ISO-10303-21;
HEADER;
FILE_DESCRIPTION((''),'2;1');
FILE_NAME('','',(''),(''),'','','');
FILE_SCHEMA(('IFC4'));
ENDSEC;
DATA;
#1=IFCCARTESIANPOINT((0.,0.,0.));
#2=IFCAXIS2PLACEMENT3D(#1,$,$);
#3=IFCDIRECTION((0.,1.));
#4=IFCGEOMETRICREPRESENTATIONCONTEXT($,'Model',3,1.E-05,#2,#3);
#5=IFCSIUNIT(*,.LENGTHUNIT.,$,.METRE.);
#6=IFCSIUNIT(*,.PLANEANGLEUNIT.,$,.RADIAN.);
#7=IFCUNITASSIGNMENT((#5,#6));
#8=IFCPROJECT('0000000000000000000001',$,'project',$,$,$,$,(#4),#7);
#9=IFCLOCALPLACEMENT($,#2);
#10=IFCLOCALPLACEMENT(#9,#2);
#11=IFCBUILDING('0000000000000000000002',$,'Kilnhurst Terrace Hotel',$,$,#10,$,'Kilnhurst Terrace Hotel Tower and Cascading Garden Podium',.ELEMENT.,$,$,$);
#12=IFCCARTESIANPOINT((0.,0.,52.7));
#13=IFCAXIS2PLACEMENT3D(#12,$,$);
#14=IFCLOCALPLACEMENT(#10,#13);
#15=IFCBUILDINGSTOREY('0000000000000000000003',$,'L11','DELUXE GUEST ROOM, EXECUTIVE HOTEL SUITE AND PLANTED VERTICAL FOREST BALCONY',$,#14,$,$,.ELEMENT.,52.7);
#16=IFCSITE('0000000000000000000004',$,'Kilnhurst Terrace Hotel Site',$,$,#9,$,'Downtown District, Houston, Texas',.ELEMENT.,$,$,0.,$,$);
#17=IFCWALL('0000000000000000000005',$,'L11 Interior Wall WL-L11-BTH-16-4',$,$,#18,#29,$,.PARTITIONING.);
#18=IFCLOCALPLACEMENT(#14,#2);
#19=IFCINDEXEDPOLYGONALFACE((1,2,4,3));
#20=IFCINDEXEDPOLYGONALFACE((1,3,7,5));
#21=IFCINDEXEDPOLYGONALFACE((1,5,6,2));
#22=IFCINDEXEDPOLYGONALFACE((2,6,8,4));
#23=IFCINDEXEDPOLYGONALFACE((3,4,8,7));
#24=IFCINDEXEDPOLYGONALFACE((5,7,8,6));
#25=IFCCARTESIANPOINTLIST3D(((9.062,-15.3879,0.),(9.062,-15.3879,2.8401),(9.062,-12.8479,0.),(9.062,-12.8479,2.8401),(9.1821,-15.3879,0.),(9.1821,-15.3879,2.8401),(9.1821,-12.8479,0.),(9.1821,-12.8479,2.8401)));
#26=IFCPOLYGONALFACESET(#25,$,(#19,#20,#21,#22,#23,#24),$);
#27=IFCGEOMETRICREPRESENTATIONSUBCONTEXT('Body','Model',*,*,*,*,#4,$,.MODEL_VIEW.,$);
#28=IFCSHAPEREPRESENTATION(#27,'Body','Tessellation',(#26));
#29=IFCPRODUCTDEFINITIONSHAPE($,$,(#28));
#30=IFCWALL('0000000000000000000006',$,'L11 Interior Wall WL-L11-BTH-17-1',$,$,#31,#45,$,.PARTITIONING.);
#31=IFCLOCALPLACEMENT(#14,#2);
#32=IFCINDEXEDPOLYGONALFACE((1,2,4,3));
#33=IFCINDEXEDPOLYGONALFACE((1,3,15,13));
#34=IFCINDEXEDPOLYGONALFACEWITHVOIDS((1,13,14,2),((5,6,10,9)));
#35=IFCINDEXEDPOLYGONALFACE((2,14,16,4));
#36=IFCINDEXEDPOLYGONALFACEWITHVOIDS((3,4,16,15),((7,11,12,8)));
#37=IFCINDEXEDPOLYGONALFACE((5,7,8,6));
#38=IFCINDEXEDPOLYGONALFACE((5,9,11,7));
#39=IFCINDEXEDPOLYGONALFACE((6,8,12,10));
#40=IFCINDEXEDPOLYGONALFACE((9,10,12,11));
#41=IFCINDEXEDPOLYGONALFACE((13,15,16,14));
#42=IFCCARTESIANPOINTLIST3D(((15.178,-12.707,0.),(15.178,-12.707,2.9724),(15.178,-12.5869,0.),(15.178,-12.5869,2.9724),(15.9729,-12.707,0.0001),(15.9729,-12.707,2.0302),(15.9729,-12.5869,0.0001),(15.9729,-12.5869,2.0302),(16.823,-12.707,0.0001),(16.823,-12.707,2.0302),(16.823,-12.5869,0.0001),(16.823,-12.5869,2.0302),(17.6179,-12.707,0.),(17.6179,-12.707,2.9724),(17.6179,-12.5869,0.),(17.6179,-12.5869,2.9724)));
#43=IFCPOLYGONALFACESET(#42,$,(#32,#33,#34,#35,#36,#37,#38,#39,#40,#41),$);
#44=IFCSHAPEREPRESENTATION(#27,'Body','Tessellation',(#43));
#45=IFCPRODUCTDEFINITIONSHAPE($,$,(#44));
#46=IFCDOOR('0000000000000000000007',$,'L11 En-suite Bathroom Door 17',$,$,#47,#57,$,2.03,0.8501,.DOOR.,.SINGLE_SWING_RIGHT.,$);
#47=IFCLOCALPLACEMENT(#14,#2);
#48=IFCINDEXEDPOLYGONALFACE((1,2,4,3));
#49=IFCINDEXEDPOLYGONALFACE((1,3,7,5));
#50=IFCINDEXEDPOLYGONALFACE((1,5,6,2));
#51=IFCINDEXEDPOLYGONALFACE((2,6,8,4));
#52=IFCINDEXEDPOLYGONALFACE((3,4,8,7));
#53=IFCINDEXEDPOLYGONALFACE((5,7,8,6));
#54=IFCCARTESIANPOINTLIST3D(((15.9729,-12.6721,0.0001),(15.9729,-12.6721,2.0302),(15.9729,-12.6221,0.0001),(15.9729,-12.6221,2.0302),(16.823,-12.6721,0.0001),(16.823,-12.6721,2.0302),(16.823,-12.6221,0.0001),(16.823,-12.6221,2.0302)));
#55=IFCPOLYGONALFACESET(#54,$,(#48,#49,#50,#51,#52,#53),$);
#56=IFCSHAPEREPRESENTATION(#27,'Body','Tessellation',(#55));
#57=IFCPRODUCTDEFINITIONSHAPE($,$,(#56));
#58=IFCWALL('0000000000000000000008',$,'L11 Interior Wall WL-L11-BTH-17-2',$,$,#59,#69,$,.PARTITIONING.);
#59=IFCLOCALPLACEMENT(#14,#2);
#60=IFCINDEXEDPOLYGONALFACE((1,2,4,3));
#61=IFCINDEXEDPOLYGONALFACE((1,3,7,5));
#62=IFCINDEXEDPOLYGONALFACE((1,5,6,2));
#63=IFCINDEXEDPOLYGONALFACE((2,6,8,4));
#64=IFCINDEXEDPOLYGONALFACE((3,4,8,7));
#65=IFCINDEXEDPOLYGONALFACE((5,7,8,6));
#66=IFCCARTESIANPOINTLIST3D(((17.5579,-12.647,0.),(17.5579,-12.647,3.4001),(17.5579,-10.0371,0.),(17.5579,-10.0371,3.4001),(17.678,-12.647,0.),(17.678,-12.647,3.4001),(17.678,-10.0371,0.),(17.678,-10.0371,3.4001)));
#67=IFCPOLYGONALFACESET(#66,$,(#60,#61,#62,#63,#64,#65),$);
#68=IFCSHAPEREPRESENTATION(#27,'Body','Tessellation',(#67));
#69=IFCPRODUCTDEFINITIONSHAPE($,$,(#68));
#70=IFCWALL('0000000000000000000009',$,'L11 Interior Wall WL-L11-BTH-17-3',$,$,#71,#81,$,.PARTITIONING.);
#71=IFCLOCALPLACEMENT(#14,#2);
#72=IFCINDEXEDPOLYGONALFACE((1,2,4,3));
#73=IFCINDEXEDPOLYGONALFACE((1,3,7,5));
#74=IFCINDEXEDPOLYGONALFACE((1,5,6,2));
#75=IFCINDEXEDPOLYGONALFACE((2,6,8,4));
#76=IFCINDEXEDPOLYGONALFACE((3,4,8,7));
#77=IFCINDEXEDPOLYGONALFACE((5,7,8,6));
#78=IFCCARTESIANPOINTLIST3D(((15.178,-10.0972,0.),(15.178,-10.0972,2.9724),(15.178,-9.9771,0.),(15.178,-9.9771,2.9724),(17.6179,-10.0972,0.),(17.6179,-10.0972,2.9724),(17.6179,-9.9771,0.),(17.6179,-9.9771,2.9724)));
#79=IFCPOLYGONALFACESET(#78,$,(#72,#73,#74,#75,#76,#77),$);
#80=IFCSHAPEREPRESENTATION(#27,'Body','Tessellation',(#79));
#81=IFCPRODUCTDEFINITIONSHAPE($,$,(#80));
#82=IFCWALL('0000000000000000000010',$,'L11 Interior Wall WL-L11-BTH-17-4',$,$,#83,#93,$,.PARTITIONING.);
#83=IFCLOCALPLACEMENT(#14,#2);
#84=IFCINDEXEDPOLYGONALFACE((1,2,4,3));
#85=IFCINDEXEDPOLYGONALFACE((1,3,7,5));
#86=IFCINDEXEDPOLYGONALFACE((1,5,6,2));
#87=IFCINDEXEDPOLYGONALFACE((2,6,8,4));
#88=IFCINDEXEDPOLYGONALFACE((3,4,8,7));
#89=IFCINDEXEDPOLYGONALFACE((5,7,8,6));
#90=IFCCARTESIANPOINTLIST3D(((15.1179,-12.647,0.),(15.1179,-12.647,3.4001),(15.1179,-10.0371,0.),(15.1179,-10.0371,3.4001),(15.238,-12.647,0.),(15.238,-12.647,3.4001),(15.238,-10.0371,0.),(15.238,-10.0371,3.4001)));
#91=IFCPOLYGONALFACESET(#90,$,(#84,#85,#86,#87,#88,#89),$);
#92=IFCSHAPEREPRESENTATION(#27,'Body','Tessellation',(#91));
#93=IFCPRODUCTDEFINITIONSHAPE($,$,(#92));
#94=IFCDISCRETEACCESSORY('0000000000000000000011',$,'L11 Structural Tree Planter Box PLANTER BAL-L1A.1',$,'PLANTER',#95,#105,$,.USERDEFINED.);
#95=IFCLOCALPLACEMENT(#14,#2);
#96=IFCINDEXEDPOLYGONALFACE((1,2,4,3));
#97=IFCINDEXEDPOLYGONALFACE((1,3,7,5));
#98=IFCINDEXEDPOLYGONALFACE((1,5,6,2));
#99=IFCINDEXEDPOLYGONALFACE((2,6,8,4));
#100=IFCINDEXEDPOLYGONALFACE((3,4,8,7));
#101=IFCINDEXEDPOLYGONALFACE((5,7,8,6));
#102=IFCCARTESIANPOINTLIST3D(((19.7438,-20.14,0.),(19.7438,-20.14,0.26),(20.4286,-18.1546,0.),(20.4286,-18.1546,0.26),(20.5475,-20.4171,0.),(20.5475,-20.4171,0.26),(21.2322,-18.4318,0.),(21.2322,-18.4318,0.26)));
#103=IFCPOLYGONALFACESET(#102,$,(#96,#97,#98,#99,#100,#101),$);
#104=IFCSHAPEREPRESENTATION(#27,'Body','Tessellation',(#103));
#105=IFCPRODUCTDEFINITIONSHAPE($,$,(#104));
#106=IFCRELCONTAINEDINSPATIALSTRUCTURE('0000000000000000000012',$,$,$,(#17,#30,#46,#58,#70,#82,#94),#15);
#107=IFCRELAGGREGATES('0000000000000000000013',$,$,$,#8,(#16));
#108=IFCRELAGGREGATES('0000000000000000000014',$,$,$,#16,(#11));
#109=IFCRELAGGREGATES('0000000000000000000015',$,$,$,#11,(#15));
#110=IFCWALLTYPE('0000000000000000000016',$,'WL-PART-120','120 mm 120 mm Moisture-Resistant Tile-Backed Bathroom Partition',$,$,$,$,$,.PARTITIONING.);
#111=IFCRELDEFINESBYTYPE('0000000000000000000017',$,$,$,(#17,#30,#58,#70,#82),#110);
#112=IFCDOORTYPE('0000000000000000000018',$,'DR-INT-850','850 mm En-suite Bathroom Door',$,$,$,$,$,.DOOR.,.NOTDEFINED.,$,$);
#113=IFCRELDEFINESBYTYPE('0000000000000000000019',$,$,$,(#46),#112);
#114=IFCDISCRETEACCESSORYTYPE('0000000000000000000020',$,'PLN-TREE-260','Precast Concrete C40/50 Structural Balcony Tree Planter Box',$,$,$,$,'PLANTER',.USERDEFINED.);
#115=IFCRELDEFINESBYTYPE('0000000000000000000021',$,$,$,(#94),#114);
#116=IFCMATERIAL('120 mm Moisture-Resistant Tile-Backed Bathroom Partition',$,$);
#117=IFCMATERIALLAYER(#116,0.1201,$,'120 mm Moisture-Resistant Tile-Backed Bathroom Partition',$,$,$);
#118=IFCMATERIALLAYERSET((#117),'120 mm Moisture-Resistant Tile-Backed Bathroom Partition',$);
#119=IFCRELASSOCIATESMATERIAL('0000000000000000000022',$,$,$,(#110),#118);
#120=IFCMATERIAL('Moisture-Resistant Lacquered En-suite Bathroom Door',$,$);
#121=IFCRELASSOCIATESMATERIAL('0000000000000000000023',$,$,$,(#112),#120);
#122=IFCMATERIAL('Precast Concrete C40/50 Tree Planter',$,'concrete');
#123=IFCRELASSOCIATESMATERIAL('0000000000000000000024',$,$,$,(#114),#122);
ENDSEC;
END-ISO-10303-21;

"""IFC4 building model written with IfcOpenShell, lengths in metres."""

from ifc_helpers import new_model, si_unit, direction, frame, frame_2d, origin, origin_2d, place, context, subcontext, project, spatial, rectangle, extrude, material, layer, layer_set, type_object, element, fill, save


model = new_model("IFC4")

# Units and contexts
model_context = context("Model", 3, precision=1e-05, world=origin(), true_north=direction((0.0, 1.0)))
body_context = subcontext(model_context, "Body", "Model", "MODEL_VIEW")
ifc_project = project(units=[si_unit("LENGTHUNIT", "METRE"), si_unit("PLANEANGLEUNIT", "RADIAN")], contexts=[model_context])

# Site, building, storey
site_placement = place(None, origin())
site = spatial("IfcSite", under=ifc_project, at=site_placement, Name="Kilnhurst Terrace Hotel Site", LongName="Downtown District, Houston, Texas", CompositionType="ELEMENT", RefElevation=0.0)
building_placement = place(site_placement, origin())
building = spatial("IfcBuilding", under=site, at=building_placement, Name="Kilnhurst Terrace Hotel", LongName="Kilnhurst Terrace Hotel Tower and Cascading Garden Podium", CompositionType="ELEMENT")
storey_placement = place(building_placement, frame((0.0, 0.0, 52.7)))
storey = spatial("IfcBuildingStorey", under=building, at=storey_placement, Name="L11", Description="DELUXE GUEST ROOM, EXECUTIVE HOTEL SUITE AND PLANTED VERTICAL FOREST BALCONY", CompositionType="ELEMENT", Elevation=52.7)

# Shared definitions
ifc_material_1 = material(Name="120 mm Moisture-Resistant Tile-Backed Bathroom Partition")
ifc_layer_1 = layer(ifc_material_1, 0.1201, Name="120 mm Moisture-Resistant Tile-Backed Bathroom Partition")
ifc_layer_set_1 = layer_set([ifc_layer_1], Name="120 mm Moisture-Resistant Tile-Backed Bathroom Partition")
wall_type_1 = type_object("IfcWallType", Name="WL-PART-120", Description="120 mm 120 mm Moisture-Resistant Tile-Backed Bathroom Partition", PredefinedType="PARTITIONING", material=ifc_layer_set_1)
ifc_material_2 = material(Name="Moisture-Resistant Lacquered En-suite Bathroom Door")
door_type_1 = type_object("IfcDoorType", Name="DR-INT-850", Description="850 mm En-suite Bathroom Door", OperationType="NOTDEFINED", PredefinedType="DOOR", material=ifc_material_2)

# Wall
wall_1_placement = place(storey_placement, frame((9.1221, -12.8479, 0.0), z_axis=(0.0, 0.0, 1.0), x_axis=(0.0, -1.0, 0.0)))
element("IfcWall", 1, at=wall_1_placement, inside=storey, type_object=wall_type_1, Name="L11 Interior Wall WL-L11-BTH-16-4", PredefinedType="PARTITIONING", context=body_context, shape_type="SweptSolid", body=[
    extrude(rectangle(XDim=2.54, YDim=0.1201, at=frame_2d((1.27, 0.0))), origin(), (0.0, 0.0, 1.0), 2.8401),
])

# Wall, opening, door
wall_2_placement = place(storey_placement, frame((15.178, -12.647, 0.0), z_axis=(0.0, 0.0, 1.0), x_axis=(1.0, 0.0, 0.0)))
wall_2 = element("IfcWall", 2, at=wall_2_placement, inside=storey, type_object=wall_type_1, Name="L11 Interior Wall WL-L11-BTH-17-1", PredefinedType="PARTITIONING", context=body_context, shape_type="SweptSolid", body=[
    extrude(rectangle(XDim=2.4399, YDim=0.1201, at=frame_2d((1.22, 0.0))), origin(), (0.0, 0.0, 1.0), 2.9724),
])
opening_1_placement = place(wall_2_placement, frame((0.7949, 0.0, 0.0)))
opening_1 = element("IfcOpeningElement", 3, at=opening_1_placement, cuts=wall_2, PredefinedType="OPENING", context=body_context, shape_type="SweptSolid", body=[
    extrude(rectangle(XDim=0.8501, YDim=2.03, at=frame_2d((0.425, 1.0151))), frame((0.0, 0.0701, 0.0), z_axis=(0.0, -1.0, 0.0), x_axis=(1.0, 0.0, 0.0)), (0.0, 0.0, 1.0), 0.1401),
])
door_1_placement = place(opening_1_placement, origin())
door_1 = element("IfcDoor", 4, at=door_1_placement, inside=storey, type_object=door_type_1, Name="L11 En-suite Bathroom Door 17", OperationType="SINGLE_SWING_RIGHT", OverallHeight=2.03, OverallWidth=0.8501, PredefinedType="DOOR", context=body_context, shape_type="SweptSolid", body=[
    extrude(rectangle(XDim=0.8501, YDim=2.03, at=frame_2d((0.425, 1.0151))), frame((0.0, 0.0249, 0.0), z_axis=(0.0, -1.0, 0.0), x_axis=(1.0, 0.0, 0.0)), (0.0, 0.0, 1.0), 0.05),
])
fill(opening_1, door_1)

# Walls
wall_3_placement = place(storey_placement, frame((17.6179, -12.647, 0.0), z_axis=(0.0, 0.0, 1.0), x_axis=(0.0, 1.0, 0.0)))
element("IfcWall", 5, at=wall_3_placement, inside=storey, type_object=wall_type_1, Name="L11 Interior Wall WL-L11-BTH-17-2", PredefinedType="PARTITIONING", context=body_context, shape_type="SweptSolid", body=[
    extrude(rectangle(XDim=2.6099, YDim=0.1201, at=frame_2d((1.3049, 0.0))), origin(), (0.0, 0.0, 1.0), 3.4001),
])
wall_4_placement = place(storey_placement, frame((17.6179, -10.0371, 0.0), z_axis=(0.0, 0.0, 1.0), x_axis=(-1.0, 0.0, 0.0)))
element("IfcWall", 6, at=wall_4_placement, inside=storey, type_object=wall_type_1, Name="L11 Interior Wall WL-L11-BTH-17-3", PredefinedType="PARTITIONING", context=body_context, shape_type="SweptSolid", body=[
    extrude(rectangle(XDim=2.4399, YDim=0.1201, at=frame_2d((1.22, 0.0))), origin(), (0.0, 0.0, 1.0), 2.9724),
])
wall_5_placement = place(storey_placement, frame((15.178, -10.0371, 0.0), z_axis=(0.0, 0.0, 1.0), x_axis=(0.0, -1.0, 0.0)))
element("IfcWall", 7, at=wall_5_placement, inside=storey, type_object=wall_type_1, Name="L11 Interior Wall WL-L11-BTH-17-4", PredefinedType="PARTITIONING", context=body_context, shape_type="SweptSolid", body=[
    extrude(rectangle(XDim=2.6099, YDim=0.1201, at=frame_2d((1.3049, 0.0))), origin(), (0.0, 0.0, 1.0), 3.4001),
])

# Discrete accessory
ifc_material_3 = material(Name="Precast Concrete C40/50 Tree Planter", Category="concrete")
discrete_accessory_type = type_object("IfcDiscreteAccessoryType", Name="PLN-TREE-260", Description="Precast Concrete C40/50 Structural Balcony Tree Planter Box", ElementType="PLANTER", PredefinedType="USERDEFINED", material=ifc_material_3)
discrete_accessory_placement = place(storey_placement, frame((20.488, -19.2859, 0.0), z_axis=(0.0, 0.0, 1.0), x_axis=(0.326063, 0.945348, 0.0)))
element("IfcDiscreteAccessory", 8, at=discrete_accessory_placement, inside=storey, type_object=discrete_accessory_type, Name="L11 Structural Tree Planter Box PLANTER BAL-L1A.1", ObjectType="PLANTER", PredefinedType="USERDEFINED", context=body_context, shape_type="SweptSolid", body=[
    extrude(rectangle(XDim=2.1001, YDim=0.8501, at=origin_2d()), origin(), (0.0, 0.0, 1.0), 0.26),
])

save(model, "model.ifc")
